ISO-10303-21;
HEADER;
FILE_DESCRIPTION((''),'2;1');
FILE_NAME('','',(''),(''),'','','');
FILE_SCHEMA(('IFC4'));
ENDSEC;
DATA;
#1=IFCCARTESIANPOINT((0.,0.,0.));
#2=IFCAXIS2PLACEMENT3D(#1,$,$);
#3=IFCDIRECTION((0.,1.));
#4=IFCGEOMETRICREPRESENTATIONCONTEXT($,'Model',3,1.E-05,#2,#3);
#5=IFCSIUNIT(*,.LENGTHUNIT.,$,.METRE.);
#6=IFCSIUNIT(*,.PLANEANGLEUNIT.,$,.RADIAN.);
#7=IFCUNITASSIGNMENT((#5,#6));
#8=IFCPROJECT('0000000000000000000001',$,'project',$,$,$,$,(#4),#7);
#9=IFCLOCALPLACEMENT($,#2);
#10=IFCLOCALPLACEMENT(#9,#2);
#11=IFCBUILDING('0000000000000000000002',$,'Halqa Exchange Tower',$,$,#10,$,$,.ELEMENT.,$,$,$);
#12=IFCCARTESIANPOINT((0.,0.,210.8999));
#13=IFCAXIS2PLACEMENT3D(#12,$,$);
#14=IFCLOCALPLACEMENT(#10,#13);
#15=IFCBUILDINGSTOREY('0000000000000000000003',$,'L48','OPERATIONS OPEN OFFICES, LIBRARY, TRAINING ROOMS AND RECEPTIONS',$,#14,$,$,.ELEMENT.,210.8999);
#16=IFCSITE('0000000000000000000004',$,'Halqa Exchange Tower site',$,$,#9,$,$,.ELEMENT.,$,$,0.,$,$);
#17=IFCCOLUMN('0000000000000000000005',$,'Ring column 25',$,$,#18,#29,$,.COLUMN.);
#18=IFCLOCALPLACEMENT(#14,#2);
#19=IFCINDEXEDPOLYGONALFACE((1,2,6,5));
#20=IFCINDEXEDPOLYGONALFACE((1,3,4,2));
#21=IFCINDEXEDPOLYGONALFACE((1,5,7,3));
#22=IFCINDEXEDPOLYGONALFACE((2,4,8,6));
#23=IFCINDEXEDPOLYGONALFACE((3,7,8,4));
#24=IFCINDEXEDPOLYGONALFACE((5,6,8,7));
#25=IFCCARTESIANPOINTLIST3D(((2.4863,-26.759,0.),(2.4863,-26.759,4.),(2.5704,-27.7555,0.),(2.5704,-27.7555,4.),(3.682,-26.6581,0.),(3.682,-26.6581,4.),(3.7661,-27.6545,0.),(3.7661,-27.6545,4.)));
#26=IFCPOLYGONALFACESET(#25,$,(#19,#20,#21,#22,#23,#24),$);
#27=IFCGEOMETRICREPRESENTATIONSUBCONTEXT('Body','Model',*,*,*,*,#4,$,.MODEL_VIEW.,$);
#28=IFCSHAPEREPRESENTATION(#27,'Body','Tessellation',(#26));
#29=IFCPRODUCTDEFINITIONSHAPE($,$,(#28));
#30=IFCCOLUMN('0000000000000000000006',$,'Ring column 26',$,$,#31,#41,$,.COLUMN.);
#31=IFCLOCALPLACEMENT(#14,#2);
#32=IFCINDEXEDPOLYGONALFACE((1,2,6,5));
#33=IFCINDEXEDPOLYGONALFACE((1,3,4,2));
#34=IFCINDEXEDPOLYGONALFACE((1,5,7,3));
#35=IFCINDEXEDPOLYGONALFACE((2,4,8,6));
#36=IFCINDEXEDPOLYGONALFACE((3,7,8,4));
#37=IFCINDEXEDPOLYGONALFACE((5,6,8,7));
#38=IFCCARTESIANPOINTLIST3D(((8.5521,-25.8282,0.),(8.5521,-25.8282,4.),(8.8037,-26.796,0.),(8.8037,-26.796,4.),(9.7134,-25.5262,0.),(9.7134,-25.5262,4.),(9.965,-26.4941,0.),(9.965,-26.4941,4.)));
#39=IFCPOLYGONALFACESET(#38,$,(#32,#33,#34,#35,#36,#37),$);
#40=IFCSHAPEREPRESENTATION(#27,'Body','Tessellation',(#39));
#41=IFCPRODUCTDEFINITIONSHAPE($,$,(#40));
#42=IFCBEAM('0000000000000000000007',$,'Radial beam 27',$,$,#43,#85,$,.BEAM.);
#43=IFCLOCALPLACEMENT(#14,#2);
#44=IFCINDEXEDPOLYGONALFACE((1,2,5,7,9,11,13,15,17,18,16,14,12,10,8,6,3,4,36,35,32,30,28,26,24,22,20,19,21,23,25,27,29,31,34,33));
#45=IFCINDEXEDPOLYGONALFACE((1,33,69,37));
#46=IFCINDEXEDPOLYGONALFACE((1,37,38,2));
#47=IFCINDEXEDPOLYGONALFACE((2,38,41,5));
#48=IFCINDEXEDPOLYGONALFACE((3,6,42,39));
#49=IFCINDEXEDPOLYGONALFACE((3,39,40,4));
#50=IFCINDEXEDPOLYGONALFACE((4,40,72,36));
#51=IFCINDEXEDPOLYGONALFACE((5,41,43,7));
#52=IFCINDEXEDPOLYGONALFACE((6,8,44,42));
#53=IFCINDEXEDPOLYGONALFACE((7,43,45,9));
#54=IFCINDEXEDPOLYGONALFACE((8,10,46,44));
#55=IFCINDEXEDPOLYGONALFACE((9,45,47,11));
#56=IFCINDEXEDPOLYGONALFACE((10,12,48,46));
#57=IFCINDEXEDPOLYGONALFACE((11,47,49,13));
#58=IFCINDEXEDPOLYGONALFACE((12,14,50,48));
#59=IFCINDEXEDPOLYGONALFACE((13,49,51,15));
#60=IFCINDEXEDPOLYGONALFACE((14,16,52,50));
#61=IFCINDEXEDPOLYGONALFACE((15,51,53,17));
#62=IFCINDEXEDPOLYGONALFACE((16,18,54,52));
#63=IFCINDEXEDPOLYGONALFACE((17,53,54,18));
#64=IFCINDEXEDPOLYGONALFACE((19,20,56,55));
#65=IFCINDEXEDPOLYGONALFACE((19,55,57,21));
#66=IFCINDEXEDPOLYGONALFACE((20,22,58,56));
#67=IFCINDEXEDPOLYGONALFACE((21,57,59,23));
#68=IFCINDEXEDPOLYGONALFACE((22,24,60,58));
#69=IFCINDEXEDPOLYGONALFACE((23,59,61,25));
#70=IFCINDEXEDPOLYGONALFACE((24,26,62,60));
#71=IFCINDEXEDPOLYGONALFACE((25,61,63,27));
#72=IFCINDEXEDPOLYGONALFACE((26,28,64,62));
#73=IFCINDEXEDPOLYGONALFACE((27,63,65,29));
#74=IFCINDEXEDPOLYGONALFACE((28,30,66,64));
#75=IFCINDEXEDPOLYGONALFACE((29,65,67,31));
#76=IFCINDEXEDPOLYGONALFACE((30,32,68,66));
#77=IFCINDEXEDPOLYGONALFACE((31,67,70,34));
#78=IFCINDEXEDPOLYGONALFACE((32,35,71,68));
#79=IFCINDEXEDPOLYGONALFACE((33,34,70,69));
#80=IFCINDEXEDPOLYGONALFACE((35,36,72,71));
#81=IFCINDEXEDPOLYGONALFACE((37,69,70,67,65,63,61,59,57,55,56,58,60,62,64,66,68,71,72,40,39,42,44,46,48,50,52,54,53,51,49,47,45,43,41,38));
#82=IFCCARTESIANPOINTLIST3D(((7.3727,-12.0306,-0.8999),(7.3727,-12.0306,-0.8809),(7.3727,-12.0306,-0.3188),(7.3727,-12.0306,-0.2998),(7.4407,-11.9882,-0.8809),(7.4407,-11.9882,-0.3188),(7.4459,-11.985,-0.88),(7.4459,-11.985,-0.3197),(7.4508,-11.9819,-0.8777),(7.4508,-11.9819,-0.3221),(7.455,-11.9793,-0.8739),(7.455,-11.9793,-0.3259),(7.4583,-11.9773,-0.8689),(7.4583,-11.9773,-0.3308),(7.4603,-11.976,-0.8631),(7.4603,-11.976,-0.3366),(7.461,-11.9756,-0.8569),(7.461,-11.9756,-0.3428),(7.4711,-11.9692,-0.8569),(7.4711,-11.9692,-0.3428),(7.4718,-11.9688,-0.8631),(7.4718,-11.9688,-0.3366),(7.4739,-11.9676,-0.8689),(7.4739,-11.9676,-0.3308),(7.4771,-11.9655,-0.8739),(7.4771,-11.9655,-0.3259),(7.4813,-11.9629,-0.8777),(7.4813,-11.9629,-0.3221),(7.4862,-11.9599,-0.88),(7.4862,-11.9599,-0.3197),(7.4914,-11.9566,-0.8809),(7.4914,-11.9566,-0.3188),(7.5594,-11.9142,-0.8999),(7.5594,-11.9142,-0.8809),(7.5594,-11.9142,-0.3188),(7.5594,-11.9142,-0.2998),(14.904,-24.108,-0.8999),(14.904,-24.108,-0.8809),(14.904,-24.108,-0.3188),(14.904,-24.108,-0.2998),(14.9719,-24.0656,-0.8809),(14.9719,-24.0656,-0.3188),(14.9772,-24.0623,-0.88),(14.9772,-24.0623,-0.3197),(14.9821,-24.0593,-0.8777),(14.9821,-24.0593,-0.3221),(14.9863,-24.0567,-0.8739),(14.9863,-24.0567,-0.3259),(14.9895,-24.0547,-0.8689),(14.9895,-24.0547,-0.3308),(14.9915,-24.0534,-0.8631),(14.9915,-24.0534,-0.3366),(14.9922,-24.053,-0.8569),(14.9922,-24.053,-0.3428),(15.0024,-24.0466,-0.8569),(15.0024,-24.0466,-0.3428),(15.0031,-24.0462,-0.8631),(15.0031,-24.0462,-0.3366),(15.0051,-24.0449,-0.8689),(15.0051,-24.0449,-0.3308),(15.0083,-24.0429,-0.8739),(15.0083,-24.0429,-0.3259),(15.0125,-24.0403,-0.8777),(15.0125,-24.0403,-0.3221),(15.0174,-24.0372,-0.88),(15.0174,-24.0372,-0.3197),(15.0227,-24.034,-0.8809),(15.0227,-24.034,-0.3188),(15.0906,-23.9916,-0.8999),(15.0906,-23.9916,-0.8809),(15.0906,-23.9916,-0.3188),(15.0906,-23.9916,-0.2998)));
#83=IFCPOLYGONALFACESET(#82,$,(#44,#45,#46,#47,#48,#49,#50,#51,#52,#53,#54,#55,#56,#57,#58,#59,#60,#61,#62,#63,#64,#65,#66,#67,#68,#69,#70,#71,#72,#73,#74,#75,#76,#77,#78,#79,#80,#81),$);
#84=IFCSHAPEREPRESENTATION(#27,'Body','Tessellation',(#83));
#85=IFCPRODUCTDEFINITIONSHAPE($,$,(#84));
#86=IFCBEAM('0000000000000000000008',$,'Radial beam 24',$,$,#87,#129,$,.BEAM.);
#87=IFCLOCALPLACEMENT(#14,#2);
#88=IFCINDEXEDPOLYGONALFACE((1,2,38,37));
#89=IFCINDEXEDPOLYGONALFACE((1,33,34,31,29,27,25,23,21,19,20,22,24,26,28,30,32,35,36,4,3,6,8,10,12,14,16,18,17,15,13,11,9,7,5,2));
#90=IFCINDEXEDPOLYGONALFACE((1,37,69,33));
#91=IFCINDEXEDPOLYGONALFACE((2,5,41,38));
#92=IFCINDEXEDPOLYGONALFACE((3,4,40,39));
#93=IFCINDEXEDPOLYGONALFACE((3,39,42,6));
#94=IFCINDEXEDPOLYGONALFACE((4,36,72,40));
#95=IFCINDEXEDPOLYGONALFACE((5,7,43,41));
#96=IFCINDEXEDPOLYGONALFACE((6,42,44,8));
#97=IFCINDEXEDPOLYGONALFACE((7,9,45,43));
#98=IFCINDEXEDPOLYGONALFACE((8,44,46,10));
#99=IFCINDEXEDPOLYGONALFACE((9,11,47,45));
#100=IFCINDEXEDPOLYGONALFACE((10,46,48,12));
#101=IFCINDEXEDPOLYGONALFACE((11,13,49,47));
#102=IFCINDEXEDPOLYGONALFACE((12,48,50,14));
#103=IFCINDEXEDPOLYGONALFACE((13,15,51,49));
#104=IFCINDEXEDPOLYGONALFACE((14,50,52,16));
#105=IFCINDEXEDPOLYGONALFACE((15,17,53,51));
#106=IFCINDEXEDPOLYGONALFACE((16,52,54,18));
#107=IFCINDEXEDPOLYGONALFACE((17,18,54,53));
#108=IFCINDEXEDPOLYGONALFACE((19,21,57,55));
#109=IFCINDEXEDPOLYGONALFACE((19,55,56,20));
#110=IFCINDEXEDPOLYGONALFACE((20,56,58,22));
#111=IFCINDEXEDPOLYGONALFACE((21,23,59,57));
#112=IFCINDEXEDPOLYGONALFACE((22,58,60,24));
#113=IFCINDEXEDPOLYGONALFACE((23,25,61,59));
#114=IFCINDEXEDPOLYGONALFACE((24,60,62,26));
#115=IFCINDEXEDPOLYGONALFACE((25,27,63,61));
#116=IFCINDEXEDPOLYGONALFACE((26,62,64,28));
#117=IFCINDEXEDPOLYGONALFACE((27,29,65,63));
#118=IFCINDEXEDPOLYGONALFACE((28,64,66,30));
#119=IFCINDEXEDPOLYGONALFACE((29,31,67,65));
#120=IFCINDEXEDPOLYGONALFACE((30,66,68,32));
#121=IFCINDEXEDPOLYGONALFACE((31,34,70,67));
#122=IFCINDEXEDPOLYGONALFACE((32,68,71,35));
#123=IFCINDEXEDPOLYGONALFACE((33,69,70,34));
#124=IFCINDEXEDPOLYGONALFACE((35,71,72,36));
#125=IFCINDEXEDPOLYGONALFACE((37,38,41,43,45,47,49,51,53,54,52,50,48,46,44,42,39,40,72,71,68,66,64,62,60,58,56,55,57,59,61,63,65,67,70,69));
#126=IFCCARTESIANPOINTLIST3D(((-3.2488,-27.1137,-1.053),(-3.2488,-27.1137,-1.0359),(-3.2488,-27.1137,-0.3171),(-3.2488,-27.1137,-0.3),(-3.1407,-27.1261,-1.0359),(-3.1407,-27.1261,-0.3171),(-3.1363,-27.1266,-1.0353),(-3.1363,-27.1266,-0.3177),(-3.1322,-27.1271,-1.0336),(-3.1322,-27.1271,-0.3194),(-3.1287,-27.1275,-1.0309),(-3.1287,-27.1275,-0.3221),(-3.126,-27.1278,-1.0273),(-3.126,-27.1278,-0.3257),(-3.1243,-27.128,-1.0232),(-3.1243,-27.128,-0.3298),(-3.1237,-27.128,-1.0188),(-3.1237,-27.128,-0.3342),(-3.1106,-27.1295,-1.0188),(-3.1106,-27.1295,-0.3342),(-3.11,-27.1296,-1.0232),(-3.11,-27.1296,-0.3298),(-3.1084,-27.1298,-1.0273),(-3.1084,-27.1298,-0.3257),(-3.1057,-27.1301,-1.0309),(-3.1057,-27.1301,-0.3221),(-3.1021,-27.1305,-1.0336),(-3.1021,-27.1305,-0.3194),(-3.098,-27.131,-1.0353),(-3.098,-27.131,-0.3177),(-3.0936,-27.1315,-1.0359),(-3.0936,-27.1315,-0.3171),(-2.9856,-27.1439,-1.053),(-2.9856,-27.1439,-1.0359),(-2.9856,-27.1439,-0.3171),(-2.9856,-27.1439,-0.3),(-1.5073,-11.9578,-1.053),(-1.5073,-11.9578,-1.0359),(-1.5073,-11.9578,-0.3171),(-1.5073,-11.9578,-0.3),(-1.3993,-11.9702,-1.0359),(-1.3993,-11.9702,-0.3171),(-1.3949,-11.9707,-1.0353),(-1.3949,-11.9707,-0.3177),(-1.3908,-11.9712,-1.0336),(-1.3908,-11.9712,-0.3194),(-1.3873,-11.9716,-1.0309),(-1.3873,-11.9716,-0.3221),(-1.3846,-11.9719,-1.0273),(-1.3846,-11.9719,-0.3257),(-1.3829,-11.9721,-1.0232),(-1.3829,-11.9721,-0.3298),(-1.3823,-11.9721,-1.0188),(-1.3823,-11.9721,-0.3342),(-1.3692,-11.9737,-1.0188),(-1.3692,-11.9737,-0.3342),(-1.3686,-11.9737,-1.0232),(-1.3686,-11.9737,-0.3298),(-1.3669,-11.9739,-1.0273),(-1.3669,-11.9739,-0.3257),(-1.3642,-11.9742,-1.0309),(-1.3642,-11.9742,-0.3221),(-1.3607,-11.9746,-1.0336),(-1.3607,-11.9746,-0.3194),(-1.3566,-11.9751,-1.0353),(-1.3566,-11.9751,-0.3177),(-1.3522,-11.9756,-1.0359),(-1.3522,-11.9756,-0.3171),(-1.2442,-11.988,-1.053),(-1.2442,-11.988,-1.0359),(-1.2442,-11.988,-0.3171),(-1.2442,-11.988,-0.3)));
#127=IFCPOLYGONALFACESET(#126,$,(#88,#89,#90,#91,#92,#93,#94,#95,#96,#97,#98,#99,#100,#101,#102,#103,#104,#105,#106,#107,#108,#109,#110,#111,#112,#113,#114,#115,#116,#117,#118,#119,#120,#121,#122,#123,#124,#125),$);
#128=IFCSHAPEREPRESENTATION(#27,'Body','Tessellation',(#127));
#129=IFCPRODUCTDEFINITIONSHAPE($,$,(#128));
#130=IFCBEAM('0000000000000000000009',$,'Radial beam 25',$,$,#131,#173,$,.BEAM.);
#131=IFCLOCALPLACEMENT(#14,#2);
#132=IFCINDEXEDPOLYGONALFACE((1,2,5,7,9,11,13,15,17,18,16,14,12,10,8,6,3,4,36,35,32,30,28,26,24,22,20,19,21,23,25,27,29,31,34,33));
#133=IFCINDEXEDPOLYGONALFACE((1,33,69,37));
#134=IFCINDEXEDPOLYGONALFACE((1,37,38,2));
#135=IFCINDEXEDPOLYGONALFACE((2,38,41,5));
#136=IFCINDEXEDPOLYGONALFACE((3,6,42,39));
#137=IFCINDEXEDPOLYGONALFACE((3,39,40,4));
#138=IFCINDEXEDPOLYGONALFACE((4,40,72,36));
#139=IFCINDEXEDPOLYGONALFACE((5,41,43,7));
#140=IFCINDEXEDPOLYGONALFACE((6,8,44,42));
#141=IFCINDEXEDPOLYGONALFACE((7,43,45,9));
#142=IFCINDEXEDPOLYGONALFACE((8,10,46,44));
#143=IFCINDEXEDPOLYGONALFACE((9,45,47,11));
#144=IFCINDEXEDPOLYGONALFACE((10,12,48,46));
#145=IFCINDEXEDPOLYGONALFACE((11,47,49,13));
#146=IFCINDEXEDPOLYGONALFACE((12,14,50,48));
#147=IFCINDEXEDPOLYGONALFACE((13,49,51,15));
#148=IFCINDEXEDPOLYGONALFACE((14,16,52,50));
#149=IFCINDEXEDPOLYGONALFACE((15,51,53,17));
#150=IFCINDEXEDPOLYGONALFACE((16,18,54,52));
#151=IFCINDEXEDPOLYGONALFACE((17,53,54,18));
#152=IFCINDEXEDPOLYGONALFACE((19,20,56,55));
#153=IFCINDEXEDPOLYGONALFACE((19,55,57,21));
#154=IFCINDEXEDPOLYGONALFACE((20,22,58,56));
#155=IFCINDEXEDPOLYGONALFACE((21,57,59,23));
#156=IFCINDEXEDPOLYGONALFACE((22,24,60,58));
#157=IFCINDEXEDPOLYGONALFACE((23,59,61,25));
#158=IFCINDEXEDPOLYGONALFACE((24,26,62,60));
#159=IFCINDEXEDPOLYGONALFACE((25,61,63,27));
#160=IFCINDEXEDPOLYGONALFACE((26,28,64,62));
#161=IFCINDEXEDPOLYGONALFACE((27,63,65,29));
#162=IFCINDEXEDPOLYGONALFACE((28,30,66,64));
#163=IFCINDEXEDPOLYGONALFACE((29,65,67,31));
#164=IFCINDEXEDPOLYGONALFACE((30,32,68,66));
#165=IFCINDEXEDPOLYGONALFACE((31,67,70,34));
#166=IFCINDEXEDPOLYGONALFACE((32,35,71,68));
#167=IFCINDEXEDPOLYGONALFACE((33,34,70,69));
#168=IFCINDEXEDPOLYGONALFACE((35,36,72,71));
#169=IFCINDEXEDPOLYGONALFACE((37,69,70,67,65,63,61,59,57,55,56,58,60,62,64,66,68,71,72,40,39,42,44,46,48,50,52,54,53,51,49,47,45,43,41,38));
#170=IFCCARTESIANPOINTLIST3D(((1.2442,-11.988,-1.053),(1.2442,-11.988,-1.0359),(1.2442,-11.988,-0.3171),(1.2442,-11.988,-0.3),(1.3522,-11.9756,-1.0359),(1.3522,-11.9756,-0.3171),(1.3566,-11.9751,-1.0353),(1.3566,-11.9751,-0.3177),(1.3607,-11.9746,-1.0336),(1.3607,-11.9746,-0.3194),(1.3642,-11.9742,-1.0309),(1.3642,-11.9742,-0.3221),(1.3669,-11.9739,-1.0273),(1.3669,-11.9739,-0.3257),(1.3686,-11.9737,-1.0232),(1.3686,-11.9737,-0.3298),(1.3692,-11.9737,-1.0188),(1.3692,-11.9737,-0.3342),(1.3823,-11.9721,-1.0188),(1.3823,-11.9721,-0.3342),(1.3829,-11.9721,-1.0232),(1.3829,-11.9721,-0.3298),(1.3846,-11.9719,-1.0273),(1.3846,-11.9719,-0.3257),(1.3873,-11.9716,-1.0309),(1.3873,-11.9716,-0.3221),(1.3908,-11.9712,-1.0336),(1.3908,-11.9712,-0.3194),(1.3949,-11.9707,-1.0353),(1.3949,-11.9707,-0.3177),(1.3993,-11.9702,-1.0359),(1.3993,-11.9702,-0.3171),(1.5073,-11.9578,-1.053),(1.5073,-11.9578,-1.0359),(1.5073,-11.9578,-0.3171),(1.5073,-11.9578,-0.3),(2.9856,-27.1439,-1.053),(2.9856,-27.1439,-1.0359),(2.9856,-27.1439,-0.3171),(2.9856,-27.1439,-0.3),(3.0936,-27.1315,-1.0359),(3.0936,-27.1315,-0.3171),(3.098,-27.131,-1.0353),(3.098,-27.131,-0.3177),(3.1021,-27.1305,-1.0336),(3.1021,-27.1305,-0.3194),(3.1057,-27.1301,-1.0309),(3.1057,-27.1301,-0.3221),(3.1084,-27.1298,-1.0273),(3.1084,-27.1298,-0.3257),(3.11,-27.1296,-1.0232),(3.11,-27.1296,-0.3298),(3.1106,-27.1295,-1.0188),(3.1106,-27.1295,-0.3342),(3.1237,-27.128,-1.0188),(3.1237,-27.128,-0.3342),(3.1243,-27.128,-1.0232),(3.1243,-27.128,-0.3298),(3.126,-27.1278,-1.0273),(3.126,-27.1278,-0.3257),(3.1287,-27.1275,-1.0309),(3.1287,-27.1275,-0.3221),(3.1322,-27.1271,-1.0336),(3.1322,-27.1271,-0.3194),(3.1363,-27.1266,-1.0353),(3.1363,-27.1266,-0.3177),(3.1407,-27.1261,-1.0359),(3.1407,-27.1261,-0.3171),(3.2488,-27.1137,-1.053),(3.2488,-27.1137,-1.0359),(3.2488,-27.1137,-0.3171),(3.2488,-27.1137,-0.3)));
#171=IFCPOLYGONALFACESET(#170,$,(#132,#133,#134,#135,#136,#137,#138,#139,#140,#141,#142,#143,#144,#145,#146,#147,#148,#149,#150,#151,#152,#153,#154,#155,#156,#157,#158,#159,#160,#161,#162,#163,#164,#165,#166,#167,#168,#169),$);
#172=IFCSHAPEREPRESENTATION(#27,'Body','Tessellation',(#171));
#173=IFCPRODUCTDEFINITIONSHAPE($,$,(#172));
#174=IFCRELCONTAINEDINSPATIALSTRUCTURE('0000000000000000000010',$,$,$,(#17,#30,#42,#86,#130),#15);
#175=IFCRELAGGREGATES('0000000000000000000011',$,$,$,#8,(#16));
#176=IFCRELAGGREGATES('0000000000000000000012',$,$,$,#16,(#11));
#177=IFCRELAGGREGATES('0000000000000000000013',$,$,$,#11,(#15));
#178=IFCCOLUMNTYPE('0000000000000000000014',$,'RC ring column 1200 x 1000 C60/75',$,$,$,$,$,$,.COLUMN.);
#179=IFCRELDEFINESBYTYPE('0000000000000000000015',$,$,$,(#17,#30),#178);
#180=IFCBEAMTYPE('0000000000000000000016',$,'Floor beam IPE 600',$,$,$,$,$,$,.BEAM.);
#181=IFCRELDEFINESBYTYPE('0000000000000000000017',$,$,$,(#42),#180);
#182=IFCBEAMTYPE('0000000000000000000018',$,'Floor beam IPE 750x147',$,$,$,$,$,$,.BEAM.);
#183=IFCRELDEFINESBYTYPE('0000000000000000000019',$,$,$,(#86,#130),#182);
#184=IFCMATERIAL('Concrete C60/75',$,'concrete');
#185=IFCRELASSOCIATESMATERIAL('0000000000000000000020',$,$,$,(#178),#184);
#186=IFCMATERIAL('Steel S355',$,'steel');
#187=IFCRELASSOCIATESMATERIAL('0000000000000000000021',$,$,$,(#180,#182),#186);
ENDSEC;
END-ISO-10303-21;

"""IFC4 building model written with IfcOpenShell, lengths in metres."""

from ifc_helpers import new_model, si_unit, direction, frame, origin, origin_2d, place, context, subcontext, project, spatial, rectangle, i_section, extrude, material, material_profile, profile_set, type_object, element, save


model = new_model("IFC4")

# Units and contexts
model_context = context("Model", 3, precision=1e-05, world=origin(), true_north=direction((0.0, 1.0)))
body_context = subcontext(model_context, "Body", "Model", "MODEL_VIEW")
ifc_project = project(units=[si_unit("LENGTHUNIT", "METRE"), si_unit("PLANEANGLEUNIT", "RADIAN")], contexts=[model_context])

# Site, building, storey
site_placement = place(None, origin())
site = spatial("IfcSite", under=ifc_project, at=site_placement, Name="Halqa Exchange Tower site", CompositionType="ELEMENT", RefElevation=0.0)
building_placement = place(site_placement, origin())
building = spatial("IfcBuilding", under=site, at=building_placement, Name="Halqa Exchange Tower", CompositionType="ELEMENT")
storey_placement = place(building_placement, frame((0.0, 0.0, 210.8999)))
storey = spatial("IfcBuildingStorey", under=building, at=storey_placement, Name="L48", Description="OPERATIONS OPEN OFFICES, LIBRARY, TRAINING ROOMS AND RECEPTIONS", CompositionType="ELEMENT", Elevation=210.8999)

# Columns
ifc_material_1 = material(Name="Concrete C60/75", Category="concrete")
ifc_material_profile_1 = material_profile(ifc_material_1, rectangle(XDim=1.2, YDim=1.0, at=origin_2d()), Name="1200 x 1000")
ifc_profile_set_1 = profile_set([ifc_material_profile_1], Name="Concrete C60/75")
column_type = type_object("IfcColumnType", Name="RC ring column 1200 x 1000 C60/75", PredefinedType="COLUMN", material=ifc_profile_set_1)
for number, where, z_axis, x_axis, name in (
    (1, (3.1262, -27.2068, 0.0), (0.0, 0.0, 1.0), (0.996455, 0.084128, 0.0), "Ring column 25"),
    (2, (9.2585, -26.1611, 0.0), (0.0, 0.0, 1.0), (0.967819, 0.251649, 0.0), "Ring column 26"),
):
    element("IfcColumn", number, at=place(storey_placement, frame(where, z_axis=z_axis, x_axis=x_axis)), inside=storey, type_object=column_type, Name=name, PredefinedType="COLUMN", context=body_context, shape_type="SweptSolid", body=[
        extrude(rectangle(XDim=1.2, YDim=1.0, at=origin_2d()), origin(), (0.0, 0.0, 1.0), 4.0),
    ])

# Beams
ifc_material_2 = material(Name="Steel S355", Category="steel")
ifc_material_profile_2 = material_profile(ifc_material_2, i_section(OverallWidth=0.22, OverallDepth=0.6001, WebThickness=0.012, FlangeThickness=0.019, FilletRadius=0.0239, at=origin_2d()), Name="IPE 600")
ifc_profile_set_2 = profile_set([ifc_material_profile_2], Name="Steel S355")
beam_type_1 = type_object("IfcBeamType", Name="Floor beam IPE 600", PredefinedType="BEAM", material=ifc_profile_set_2)
beam_1_placement = place(storey_placement, frame((7.4661, -11.9724, -0.5999), z_axis=(0.529134, -0.848538, 0.0), x_axis=(0.848538, 0.529134, 0.0)))
element("IfcBeam", 3, at=beam_1_placement, inside=storey, type_object=beam_type_1, Name="Radial beam 27", PredefinedType="BEAM", context=body_context, shape_type="SweptSolid", body=[
    extrude(i_section(OverallWidth=0.22, OverallDepth=0.6001, WebThickness=0.012, FlangeThickness=0.019, FilletRadius=0.0239, at=origin_2d()), origin(), (0.0, 0.0, 1.0), 14.2332),
])
ifc_material_profile_3 = material_profile(ifc_material_2, i_section(OverallWidth=0.2649, OverallDepth=0.7529, WebThickness=0.0132, FlangeThickness=0.0171, FilletRadius=0.0171, at=origin_2d()), Name="IPE 750x147")
ifc_profile_set_3 = profile_set([ifc_material_profile_3], Name="Steel S355")
beam_type_2 = type_object("IfcBeamType", Name="Floor beam IPE 750x147", PredefinedType="BEAM", material=ifc_profile_set_3)
for number, where, z_axis, x_axis, name in (
    (4, (-1.3757, -11.9729, -0.6765), (-0.114151, -0.993463, 0.0), (0.993463, -0.114151, 0.0), "Radial beam 24"),
    (5, (1.3757, -11.9729, -0.6765), (0.114151, -0.993463, 0.0), (0.993463, 0.114151, 0.0), "Radial beam 25"),
):
    element("IfcBeam", number, at=place(storey_placement, frame(where, z_axis=z_axis, x_axis=x_axis)), inside=storey, type_object=beam_type_2, Name=name, PredefinedType="BEAM", context=body_context, shape_type="SweptSolid", body=[
        extrude(i_section(OverallWidth=0.2649, OverallDepth=0.7529, WebThickness=0.0132, FlangeThickness=0.0171, FilletRadius=0.0171, at=origin_2d()), origin(), (0.0, 0.0, 1.0), 15.2556),
    ])

save(model, "model.ifc")
